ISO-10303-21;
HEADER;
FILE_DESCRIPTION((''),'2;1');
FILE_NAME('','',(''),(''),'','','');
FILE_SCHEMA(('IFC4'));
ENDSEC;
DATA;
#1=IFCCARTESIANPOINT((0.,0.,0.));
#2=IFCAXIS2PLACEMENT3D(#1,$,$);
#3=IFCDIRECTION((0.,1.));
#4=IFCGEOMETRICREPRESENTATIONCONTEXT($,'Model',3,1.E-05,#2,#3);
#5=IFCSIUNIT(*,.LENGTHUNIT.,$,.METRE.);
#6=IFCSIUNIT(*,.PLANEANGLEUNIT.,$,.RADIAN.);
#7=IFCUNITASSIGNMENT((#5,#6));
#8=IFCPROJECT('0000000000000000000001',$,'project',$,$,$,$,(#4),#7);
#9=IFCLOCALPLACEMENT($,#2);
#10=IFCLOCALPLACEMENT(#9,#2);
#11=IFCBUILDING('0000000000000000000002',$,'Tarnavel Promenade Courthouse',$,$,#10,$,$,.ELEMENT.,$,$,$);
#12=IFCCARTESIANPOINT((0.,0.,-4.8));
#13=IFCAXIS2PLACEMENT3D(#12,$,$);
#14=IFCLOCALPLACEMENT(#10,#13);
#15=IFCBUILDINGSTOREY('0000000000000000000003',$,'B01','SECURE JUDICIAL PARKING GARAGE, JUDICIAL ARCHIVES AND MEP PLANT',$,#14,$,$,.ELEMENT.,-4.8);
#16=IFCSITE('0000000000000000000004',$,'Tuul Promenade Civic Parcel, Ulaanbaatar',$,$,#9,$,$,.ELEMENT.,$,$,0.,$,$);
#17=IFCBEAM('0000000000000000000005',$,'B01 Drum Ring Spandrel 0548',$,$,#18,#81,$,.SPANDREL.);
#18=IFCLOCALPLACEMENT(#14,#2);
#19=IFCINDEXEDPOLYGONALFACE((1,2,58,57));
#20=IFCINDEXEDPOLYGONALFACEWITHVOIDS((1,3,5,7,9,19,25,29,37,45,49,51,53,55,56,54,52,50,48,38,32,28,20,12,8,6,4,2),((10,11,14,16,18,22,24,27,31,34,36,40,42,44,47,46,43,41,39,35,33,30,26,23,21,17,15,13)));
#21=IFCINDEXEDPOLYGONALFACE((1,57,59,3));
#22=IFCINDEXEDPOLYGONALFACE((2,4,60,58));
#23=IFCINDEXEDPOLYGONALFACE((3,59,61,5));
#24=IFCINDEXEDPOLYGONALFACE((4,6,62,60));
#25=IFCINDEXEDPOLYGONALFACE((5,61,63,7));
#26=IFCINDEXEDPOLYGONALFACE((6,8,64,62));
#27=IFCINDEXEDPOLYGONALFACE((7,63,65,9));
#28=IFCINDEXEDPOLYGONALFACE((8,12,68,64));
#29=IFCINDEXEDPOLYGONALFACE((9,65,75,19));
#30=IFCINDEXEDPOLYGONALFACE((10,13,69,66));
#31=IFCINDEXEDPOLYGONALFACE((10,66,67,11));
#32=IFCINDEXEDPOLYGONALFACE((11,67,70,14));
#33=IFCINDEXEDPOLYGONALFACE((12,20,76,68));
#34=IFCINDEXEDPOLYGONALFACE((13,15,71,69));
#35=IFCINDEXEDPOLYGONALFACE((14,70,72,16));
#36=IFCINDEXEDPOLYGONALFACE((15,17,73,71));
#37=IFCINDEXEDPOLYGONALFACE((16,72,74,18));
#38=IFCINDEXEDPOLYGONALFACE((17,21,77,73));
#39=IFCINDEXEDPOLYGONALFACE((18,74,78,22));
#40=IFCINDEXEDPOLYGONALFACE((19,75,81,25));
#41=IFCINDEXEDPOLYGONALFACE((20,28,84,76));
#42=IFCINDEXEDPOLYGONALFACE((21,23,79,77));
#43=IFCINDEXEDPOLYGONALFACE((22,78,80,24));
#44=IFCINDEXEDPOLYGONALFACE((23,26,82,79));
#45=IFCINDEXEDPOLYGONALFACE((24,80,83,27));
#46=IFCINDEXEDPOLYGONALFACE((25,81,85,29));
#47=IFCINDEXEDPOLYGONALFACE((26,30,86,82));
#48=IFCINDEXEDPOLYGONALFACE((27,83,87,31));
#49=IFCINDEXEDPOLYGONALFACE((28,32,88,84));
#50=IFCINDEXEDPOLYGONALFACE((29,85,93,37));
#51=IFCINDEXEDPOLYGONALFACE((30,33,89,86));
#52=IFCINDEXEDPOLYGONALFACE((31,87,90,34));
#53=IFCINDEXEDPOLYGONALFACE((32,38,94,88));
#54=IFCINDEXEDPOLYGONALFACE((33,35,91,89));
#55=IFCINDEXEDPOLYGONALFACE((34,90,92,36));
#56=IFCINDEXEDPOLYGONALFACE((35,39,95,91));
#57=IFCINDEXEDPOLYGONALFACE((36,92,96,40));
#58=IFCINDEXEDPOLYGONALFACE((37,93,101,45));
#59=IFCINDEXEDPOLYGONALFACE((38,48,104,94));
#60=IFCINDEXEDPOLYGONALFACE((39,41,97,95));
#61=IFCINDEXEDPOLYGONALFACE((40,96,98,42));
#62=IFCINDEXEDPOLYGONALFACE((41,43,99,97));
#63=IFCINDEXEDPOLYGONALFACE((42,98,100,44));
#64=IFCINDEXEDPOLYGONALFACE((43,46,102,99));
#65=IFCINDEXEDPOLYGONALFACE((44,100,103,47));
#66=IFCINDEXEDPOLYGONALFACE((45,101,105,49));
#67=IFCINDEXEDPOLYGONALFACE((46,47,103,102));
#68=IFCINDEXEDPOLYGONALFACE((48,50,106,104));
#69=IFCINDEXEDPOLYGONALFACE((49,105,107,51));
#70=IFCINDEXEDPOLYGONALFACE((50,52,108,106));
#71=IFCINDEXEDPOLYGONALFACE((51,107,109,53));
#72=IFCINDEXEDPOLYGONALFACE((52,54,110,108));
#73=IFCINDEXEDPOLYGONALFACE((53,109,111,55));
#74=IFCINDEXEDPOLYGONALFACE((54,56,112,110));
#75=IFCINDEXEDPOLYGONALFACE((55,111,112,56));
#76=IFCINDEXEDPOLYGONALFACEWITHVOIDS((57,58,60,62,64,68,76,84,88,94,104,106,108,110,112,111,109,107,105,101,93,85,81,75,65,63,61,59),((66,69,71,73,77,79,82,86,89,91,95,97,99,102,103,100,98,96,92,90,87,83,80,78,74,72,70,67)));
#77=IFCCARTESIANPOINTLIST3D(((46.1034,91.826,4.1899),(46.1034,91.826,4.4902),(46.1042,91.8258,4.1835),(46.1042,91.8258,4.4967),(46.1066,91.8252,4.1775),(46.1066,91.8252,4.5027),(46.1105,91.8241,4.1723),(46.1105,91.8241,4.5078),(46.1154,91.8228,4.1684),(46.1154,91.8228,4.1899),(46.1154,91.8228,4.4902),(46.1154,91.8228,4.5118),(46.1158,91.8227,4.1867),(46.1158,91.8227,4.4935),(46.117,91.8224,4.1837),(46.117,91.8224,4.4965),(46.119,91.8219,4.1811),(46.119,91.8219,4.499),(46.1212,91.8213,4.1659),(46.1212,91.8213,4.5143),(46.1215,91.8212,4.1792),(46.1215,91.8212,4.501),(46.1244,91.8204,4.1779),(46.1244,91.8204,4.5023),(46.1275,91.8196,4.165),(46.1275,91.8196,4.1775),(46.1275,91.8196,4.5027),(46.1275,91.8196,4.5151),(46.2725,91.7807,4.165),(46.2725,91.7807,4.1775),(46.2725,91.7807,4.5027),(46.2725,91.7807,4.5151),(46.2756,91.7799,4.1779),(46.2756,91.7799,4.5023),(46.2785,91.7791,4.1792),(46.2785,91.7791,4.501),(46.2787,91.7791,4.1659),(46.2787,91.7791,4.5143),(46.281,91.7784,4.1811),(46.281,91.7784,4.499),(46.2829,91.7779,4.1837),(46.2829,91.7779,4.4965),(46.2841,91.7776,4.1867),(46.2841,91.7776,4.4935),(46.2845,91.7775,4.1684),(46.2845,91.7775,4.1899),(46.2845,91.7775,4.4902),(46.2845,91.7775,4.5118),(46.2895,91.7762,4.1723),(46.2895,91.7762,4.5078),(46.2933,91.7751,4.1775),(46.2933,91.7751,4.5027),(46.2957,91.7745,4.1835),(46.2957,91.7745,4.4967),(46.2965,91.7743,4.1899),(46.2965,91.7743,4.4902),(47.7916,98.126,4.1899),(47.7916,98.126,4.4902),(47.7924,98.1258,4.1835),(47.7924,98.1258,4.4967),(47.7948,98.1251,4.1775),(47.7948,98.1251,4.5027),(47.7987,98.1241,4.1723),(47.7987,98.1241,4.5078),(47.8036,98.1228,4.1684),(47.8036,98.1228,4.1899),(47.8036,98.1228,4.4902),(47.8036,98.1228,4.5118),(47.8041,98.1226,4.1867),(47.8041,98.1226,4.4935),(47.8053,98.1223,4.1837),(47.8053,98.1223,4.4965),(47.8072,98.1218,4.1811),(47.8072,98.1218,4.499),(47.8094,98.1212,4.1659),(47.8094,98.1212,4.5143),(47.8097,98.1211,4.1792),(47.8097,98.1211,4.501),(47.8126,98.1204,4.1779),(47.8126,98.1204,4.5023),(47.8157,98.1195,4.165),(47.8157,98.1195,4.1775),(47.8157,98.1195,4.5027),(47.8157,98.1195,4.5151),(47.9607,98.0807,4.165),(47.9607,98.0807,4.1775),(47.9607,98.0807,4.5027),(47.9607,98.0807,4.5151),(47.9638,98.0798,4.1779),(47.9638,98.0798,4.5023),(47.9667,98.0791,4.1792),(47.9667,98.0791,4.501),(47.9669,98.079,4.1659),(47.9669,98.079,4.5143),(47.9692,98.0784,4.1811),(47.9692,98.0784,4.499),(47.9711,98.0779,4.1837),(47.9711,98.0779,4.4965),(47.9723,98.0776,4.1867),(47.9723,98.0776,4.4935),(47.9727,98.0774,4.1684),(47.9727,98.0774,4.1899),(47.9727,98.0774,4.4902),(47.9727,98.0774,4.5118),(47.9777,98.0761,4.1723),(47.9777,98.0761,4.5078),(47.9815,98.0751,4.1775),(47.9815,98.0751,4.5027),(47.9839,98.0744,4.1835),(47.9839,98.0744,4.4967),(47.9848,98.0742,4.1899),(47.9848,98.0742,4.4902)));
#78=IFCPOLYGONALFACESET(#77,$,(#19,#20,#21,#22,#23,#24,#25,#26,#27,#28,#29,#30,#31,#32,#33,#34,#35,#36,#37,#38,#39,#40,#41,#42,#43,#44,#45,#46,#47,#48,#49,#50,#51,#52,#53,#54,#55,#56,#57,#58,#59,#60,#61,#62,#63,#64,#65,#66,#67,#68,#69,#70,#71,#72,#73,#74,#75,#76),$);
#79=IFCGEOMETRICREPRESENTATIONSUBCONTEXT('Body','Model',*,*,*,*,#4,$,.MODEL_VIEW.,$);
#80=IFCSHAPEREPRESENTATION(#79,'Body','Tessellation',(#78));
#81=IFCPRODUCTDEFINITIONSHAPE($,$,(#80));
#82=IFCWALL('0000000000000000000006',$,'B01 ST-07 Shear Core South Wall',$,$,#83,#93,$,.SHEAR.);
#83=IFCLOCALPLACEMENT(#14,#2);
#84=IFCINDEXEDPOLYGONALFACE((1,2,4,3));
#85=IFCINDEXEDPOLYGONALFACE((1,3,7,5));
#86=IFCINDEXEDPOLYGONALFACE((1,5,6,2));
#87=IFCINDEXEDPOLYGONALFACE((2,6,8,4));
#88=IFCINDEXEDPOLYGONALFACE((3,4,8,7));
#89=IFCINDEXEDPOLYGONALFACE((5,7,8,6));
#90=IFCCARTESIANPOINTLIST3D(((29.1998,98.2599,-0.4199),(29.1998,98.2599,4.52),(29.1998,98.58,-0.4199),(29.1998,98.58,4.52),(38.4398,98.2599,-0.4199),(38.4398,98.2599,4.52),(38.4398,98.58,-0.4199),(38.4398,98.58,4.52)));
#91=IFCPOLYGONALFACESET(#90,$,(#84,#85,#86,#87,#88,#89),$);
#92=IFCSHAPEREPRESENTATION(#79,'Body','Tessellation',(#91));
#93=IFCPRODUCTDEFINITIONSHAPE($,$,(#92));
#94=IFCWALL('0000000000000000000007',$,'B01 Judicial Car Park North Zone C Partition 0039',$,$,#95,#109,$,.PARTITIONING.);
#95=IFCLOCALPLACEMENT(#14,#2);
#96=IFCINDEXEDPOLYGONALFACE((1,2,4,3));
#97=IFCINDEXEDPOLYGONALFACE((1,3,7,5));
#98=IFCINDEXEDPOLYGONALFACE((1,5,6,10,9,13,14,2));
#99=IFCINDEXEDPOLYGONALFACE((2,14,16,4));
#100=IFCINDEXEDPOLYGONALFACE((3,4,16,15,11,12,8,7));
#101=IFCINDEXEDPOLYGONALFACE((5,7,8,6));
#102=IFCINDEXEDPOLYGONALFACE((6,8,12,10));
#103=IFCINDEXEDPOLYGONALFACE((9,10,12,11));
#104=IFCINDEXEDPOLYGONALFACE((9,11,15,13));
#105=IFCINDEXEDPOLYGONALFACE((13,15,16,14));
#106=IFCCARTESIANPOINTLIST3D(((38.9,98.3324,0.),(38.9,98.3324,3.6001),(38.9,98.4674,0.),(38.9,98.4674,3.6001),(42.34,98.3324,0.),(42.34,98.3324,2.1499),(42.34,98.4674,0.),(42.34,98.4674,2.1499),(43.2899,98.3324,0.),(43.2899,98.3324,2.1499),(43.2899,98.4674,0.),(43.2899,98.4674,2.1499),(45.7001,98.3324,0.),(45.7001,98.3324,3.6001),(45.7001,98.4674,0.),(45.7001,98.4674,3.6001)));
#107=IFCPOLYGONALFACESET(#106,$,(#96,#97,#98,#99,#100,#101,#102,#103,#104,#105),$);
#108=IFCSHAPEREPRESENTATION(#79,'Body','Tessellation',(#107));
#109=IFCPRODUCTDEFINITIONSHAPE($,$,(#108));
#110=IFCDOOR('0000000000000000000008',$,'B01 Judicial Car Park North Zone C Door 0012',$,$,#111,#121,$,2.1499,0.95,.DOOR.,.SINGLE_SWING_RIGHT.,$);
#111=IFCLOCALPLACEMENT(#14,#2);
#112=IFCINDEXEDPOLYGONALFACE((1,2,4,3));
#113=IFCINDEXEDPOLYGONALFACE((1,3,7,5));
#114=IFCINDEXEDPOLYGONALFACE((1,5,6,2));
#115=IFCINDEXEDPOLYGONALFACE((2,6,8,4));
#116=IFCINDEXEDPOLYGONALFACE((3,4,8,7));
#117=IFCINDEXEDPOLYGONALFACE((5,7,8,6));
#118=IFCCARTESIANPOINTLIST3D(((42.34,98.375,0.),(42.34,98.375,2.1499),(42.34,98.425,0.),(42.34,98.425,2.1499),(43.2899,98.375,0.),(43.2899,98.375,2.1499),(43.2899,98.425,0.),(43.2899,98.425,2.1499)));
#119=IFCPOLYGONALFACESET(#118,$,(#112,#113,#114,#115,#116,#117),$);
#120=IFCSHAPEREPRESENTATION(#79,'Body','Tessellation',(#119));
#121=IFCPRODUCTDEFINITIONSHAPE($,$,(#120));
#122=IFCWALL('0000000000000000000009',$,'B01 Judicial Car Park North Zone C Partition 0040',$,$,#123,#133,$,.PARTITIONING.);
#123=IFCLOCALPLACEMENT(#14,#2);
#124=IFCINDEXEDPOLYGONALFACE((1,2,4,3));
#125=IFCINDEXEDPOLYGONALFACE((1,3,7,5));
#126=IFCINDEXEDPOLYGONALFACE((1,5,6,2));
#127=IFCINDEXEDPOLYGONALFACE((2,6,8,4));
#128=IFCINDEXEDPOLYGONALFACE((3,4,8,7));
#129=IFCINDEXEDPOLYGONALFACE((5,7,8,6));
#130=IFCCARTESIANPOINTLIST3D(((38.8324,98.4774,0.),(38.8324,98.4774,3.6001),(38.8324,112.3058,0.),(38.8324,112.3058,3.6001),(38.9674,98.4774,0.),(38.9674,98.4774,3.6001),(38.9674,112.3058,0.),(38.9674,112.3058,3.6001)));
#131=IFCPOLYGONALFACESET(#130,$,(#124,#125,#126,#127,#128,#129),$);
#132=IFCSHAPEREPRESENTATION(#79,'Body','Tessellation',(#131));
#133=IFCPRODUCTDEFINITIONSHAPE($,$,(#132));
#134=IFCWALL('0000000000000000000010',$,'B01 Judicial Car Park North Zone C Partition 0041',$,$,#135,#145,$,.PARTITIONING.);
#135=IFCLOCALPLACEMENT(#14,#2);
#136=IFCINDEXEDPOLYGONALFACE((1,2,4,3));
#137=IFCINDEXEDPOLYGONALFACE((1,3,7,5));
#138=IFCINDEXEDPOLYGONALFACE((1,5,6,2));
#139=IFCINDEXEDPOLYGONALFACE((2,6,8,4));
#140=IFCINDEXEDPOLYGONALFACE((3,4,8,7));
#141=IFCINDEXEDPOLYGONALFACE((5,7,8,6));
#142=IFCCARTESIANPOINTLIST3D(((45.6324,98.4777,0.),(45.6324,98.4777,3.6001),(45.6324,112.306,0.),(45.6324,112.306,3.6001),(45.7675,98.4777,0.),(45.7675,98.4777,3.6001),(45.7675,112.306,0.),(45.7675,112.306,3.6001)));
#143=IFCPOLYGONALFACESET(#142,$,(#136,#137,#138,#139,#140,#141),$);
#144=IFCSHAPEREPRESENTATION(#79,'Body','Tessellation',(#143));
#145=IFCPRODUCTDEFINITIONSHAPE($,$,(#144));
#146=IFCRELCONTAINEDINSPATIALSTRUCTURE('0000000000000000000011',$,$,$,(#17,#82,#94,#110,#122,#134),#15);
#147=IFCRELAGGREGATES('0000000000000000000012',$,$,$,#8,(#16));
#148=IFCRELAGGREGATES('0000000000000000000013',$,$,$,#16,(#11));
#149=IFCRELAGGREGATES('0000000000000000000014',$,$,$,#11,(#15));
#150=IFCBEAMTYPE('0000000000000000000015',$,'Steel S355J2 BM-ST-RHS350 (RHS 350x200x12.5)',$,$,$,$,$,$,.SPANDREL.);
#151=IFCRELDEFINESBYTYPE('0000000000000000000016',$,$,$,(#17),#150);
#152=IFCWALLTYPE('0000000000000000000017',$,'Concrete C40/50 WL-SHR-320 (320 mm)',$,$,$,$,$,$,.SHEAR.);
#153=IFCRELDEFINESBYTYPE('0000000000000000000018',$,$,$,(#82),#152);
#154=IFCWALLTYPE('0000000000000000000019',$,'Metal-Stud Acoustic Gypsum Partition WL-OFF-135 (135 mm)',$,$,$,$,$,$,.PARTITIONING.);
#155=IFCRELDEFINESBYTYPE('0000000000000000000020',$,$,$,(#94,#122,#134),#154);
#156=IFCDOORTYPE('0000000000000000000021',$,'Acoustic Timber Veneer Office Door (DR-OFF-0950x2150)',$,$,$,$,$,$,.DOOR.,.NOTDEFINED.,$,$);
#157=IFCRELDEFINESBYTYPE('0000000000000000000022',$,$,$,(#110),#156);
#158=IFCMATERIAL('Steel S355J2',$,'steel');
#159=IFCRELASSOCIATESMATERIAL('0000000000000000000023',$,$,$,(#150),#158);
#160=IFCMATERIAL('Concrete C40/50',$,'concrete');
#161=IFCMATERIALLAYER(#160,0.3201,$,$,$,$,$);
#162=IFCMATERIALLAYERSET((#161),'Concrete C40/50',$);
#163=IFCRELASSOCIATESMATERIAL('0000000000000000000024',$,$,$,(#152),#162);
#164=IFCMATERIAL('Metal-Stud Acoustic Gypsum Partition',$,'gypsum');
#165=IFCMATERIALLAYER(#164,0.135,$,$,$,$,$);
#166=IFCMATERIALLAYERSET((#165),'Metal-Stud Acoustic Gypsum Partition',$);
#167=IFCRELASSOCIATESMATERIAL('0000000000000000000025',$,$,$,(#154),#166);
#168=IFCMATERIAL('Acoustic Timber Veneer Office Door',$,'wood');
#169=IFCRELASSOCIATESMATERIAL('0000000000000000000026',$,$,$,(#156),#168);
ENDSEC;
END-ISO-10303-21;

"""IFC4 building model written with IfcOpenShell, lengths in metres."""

from ifc_helpers import new_model, si_unit, direction, frame, frame_2d, origin, origin_2d, place, context, subcontext, project, spatial, rectangle, hollow_rectangle, extrude, material, layer, layer_set, material_profile, profile_set, type_object, element, fill, save


model = new_model("IFC4")

# Units and contexts
model_context = context("Model", 3, precision=1e-05, world=origin(), true_north=direction((0.0, 1.0)))
body_context = subcontext(model_context, "Body", "Model", "MODEL_VIEW")
ifc_project = project(units=[si_unit("LENGTHUNIT", "METRE"), si_unit("PLANEANGLEUNIT", "RADIAN")], contexts=[model_context])

# Site, building, storey
site_placement = place(None, origin())
site = spatial("IfcSite", under=ifc_project, at=site_placement, Name="Tuul Promenade Civic Parcel, Ulaanbaatar", CompositionType="ELEMENT", RefElevation=0.0)
building_placement = place(site_placement, origin())
building = spatial("IfcBuilding", under=site, at=building_placement, Name="Tarnavel Promenade Courthouse", CompositionType="ELEMENT")
storey_placement = place(building_placement, frame((0.0, 0.0, -4.8)))
storey = spatial("IfcBuildingStorey", under=building, at=storey_placement, Name="B01", Description="SECURE JUDICIAL PARKING GARAGE, JUDICIAL ARCHIVES AND MEP PLANT", CompositionType="ELEMENT", Elevation=-4.8)

# Shared definitions
ifc_material_1 = material(Name="Concrete C40/50", Category="concrete")

# Beam
ifc_material_2 = material(Name="Steel S355J2", Category="steel")
ifc_material_profile_1 = material_profile(ifc_material_2, hollow_rectangle(XDim=0.2, YDim=0.3501, WallThickness=0.0125, InnerFilletRadius=0.0125, OuterFilletRadius=0.0249, at=origin_2d()), Name="RHS 350x200x12.5")
ifc_profile_set_1 = profile_set([ifc_material_profile_1], Name="Steel S355J2")
beam_type_1 = type_object("IfcBeamType", Name="Steel S355J2 BM-ST-RHS350 (RHS 350x200x12.5)", PredefinedType="SPANDREL", material=ifc_profile_set_1)
beam_1_placement = place(storey_placement, frame((47.8882, 98.1001, 4.3401), z_axis=(-0.258839, -0.96592, 0.0), x_axis=(0.96592, -0.258839, 0.0)))
element("IfcBeam", 1, at=beam_1_placement, inside=storey, type_object=beam_type_1, Name="B01 Drum Ring Spandrel 0548", PredefinedType="SPANDREL", context=body_context, shape_type="SweptSolid", body=[
    extrude(hollow_rectangle(XDim=0.2, YDim=0.3501, WallThickness=0.0125, InnerFilletRadius=0.0125, OuterFilletRadius=0.0249, at=origin_2d()), origin(), (0.0, 0.0, 1.0), 6.5222),
])

# Wall
ifc_layer_1 = layer(ifc_material_1, 0.3201)
ifc_layer_set_1 = layer_set([ifc_layer_1], Name="Concrete C40/50")
wall_type_1 = type_object("IfcWallType", Name="Concrete C40/50 WL-SHR-320 (320 mm)", PredefinedType="SHEAR", material=ifc_layer_set_1)
wall_1_placement = place(storey_placement, frame((38.4399, 98.4199, -0.4199), z_axis=(0.0, 0.0, 1.0), x_axis=(-1.0, 0.0, 0.0)))
element("IfcWall", 2, at=wall_1_placement, inside=storey, type_object=wall_type_1, Name="B01 ST-07 Shear Core South Wall", PredefinedType="SHEAR", context=body_context, shape_type="SweptSolid", body=[
    extrude(rectangle(XDim=9.24, YDim=0.3201, at=frame_2d((4.6201, 0.0))), origin(), (0.0, 0.0, 1.0), 4.9399),
])

# Wall, opening, door
ifc_material_3 = material(Name="Metal-Stud Acoustic Gypsum Partition", Category="gypsum")
ifc_layer_2 = layer(ifc_material_3, 0.135)
ifc_layer_set_2 = layer_set([ifc_layer_2], Name="Metal-Stud Acoustic Gypsum Partition")
wall_type_2 = type_object("IfcWallType", Name="Metal-Stud Acoustic Gypsum Partition WL-OFF-135 (135 mm)", PredefinedType="PARTITIONING", material=ifc_layer_set_2)
wall_2_placement = place(storey_placement, frame((45.7, 98.3999, 0.0), z_axis=(0.0, 0.0, 1.0), x_axis=(-1.0, 0.0, 0.0)))
wall_2 = element("IfcWall", 3, at=wall_2_placement, inside=storey, type_object=wall_type_2, Name="B01 Judicial Car Park North Zone C Partition 0039", PredefinedType="PARTITIONING", context=body_context, shape_type="SweptSolid", body=[
    extrude(rectangle(XDim=6.8, YDim=0.135, at=frame_2d((3.3999, 0.0))), origin(), (0.0, 0.0, 1.0), 3.6001),
])
opening_placement = place(wall_2_placement, frame((2.4099, 0.0, 0.0)))
opening = element("IfcOpeningElement", 4, at=opening_placement, cuts=wall_2, PredefinedType="OPENING", context=body_context, shape_type="SweptSolid", body=[
    extrude(rectangle(XDim=0.95, YDim=2.1499, at=frame_2d((0.4751, 1.075))), frame((0.0, 0.0774, 0.0), z_axis=(0.0, -1.0, 0.0), x_axis=(1.0, 0.0, 0.0)), (0.0, 0.0, 1.0), 0.155),
])
ifc_material_4 = material(Name="Acoustic Timber Veneer Office Door", Category="wood")
door_type = type_object("IfcDoorType", Name="Acoustic Timber Veneer Office Door (DR-OFF-0950x2150)", OperationType="NOTDEFINED", PredefinedType="DOOR", material=ifc_material_4)
door_placement = place(opening_placement, origin())
door = element("IfcDoor", 5, at=door_placement, inside=storey, type_object=door_type, Name="B01 Judicial Car Park North Zone C Door 0012", OperationType="SINGLE_SWING_RIGHT", OverallHeight=2.1499, OverallWidth=0.95, PredefinedType="DOOR", context=body_context, shape_type="SweptSolid", body=[
    extrude(rectangle(XDim=0.95, YDim=2.1499, at=frame_2d((0.4751, 1.075))), frame((0.0, 0.0249, 0.0), z_axis=(0.0, -1.0, 0.0), x_axis=(1.0, 0.0, 0.0)), (0.0, 0.0, 1.0), 0.05),
])
fill(opening, door)

# Walls
for number, where, z_axis, x_axis, name in (
    (6, (38.8999, 98.4775, 0.0), (0.0, 0.0, 1.0), (0.0, 1.0, 0.0), "B01 Judicial Car Park North Zone C Partition 0040"),
    (7, (45.7, 112.3059, 0.0), (0.0, 0.0, 1.0), (0.0, -1.0, 0.0), "B01 Judicial Car Park North Zone C Partition 0041"),
):
    element("IfcWall", number, at=place(storey_placement, frame(where, z_axis=z_axis, x_axis=x_axis)), inside=storey, type_object=wall_type_2, Name=name, PredefinedType="PARTITIONING", context=body_context, shape_type="SweptSolid", body=[
        extrude(rectangle(XDim=13.8284, YDim=0.135, at=frame_2d((6.9141, 0.0))), origin(), (0.0, 0.0, 1.0), 3.6001),
    ])

save(model, "model.ifc")
